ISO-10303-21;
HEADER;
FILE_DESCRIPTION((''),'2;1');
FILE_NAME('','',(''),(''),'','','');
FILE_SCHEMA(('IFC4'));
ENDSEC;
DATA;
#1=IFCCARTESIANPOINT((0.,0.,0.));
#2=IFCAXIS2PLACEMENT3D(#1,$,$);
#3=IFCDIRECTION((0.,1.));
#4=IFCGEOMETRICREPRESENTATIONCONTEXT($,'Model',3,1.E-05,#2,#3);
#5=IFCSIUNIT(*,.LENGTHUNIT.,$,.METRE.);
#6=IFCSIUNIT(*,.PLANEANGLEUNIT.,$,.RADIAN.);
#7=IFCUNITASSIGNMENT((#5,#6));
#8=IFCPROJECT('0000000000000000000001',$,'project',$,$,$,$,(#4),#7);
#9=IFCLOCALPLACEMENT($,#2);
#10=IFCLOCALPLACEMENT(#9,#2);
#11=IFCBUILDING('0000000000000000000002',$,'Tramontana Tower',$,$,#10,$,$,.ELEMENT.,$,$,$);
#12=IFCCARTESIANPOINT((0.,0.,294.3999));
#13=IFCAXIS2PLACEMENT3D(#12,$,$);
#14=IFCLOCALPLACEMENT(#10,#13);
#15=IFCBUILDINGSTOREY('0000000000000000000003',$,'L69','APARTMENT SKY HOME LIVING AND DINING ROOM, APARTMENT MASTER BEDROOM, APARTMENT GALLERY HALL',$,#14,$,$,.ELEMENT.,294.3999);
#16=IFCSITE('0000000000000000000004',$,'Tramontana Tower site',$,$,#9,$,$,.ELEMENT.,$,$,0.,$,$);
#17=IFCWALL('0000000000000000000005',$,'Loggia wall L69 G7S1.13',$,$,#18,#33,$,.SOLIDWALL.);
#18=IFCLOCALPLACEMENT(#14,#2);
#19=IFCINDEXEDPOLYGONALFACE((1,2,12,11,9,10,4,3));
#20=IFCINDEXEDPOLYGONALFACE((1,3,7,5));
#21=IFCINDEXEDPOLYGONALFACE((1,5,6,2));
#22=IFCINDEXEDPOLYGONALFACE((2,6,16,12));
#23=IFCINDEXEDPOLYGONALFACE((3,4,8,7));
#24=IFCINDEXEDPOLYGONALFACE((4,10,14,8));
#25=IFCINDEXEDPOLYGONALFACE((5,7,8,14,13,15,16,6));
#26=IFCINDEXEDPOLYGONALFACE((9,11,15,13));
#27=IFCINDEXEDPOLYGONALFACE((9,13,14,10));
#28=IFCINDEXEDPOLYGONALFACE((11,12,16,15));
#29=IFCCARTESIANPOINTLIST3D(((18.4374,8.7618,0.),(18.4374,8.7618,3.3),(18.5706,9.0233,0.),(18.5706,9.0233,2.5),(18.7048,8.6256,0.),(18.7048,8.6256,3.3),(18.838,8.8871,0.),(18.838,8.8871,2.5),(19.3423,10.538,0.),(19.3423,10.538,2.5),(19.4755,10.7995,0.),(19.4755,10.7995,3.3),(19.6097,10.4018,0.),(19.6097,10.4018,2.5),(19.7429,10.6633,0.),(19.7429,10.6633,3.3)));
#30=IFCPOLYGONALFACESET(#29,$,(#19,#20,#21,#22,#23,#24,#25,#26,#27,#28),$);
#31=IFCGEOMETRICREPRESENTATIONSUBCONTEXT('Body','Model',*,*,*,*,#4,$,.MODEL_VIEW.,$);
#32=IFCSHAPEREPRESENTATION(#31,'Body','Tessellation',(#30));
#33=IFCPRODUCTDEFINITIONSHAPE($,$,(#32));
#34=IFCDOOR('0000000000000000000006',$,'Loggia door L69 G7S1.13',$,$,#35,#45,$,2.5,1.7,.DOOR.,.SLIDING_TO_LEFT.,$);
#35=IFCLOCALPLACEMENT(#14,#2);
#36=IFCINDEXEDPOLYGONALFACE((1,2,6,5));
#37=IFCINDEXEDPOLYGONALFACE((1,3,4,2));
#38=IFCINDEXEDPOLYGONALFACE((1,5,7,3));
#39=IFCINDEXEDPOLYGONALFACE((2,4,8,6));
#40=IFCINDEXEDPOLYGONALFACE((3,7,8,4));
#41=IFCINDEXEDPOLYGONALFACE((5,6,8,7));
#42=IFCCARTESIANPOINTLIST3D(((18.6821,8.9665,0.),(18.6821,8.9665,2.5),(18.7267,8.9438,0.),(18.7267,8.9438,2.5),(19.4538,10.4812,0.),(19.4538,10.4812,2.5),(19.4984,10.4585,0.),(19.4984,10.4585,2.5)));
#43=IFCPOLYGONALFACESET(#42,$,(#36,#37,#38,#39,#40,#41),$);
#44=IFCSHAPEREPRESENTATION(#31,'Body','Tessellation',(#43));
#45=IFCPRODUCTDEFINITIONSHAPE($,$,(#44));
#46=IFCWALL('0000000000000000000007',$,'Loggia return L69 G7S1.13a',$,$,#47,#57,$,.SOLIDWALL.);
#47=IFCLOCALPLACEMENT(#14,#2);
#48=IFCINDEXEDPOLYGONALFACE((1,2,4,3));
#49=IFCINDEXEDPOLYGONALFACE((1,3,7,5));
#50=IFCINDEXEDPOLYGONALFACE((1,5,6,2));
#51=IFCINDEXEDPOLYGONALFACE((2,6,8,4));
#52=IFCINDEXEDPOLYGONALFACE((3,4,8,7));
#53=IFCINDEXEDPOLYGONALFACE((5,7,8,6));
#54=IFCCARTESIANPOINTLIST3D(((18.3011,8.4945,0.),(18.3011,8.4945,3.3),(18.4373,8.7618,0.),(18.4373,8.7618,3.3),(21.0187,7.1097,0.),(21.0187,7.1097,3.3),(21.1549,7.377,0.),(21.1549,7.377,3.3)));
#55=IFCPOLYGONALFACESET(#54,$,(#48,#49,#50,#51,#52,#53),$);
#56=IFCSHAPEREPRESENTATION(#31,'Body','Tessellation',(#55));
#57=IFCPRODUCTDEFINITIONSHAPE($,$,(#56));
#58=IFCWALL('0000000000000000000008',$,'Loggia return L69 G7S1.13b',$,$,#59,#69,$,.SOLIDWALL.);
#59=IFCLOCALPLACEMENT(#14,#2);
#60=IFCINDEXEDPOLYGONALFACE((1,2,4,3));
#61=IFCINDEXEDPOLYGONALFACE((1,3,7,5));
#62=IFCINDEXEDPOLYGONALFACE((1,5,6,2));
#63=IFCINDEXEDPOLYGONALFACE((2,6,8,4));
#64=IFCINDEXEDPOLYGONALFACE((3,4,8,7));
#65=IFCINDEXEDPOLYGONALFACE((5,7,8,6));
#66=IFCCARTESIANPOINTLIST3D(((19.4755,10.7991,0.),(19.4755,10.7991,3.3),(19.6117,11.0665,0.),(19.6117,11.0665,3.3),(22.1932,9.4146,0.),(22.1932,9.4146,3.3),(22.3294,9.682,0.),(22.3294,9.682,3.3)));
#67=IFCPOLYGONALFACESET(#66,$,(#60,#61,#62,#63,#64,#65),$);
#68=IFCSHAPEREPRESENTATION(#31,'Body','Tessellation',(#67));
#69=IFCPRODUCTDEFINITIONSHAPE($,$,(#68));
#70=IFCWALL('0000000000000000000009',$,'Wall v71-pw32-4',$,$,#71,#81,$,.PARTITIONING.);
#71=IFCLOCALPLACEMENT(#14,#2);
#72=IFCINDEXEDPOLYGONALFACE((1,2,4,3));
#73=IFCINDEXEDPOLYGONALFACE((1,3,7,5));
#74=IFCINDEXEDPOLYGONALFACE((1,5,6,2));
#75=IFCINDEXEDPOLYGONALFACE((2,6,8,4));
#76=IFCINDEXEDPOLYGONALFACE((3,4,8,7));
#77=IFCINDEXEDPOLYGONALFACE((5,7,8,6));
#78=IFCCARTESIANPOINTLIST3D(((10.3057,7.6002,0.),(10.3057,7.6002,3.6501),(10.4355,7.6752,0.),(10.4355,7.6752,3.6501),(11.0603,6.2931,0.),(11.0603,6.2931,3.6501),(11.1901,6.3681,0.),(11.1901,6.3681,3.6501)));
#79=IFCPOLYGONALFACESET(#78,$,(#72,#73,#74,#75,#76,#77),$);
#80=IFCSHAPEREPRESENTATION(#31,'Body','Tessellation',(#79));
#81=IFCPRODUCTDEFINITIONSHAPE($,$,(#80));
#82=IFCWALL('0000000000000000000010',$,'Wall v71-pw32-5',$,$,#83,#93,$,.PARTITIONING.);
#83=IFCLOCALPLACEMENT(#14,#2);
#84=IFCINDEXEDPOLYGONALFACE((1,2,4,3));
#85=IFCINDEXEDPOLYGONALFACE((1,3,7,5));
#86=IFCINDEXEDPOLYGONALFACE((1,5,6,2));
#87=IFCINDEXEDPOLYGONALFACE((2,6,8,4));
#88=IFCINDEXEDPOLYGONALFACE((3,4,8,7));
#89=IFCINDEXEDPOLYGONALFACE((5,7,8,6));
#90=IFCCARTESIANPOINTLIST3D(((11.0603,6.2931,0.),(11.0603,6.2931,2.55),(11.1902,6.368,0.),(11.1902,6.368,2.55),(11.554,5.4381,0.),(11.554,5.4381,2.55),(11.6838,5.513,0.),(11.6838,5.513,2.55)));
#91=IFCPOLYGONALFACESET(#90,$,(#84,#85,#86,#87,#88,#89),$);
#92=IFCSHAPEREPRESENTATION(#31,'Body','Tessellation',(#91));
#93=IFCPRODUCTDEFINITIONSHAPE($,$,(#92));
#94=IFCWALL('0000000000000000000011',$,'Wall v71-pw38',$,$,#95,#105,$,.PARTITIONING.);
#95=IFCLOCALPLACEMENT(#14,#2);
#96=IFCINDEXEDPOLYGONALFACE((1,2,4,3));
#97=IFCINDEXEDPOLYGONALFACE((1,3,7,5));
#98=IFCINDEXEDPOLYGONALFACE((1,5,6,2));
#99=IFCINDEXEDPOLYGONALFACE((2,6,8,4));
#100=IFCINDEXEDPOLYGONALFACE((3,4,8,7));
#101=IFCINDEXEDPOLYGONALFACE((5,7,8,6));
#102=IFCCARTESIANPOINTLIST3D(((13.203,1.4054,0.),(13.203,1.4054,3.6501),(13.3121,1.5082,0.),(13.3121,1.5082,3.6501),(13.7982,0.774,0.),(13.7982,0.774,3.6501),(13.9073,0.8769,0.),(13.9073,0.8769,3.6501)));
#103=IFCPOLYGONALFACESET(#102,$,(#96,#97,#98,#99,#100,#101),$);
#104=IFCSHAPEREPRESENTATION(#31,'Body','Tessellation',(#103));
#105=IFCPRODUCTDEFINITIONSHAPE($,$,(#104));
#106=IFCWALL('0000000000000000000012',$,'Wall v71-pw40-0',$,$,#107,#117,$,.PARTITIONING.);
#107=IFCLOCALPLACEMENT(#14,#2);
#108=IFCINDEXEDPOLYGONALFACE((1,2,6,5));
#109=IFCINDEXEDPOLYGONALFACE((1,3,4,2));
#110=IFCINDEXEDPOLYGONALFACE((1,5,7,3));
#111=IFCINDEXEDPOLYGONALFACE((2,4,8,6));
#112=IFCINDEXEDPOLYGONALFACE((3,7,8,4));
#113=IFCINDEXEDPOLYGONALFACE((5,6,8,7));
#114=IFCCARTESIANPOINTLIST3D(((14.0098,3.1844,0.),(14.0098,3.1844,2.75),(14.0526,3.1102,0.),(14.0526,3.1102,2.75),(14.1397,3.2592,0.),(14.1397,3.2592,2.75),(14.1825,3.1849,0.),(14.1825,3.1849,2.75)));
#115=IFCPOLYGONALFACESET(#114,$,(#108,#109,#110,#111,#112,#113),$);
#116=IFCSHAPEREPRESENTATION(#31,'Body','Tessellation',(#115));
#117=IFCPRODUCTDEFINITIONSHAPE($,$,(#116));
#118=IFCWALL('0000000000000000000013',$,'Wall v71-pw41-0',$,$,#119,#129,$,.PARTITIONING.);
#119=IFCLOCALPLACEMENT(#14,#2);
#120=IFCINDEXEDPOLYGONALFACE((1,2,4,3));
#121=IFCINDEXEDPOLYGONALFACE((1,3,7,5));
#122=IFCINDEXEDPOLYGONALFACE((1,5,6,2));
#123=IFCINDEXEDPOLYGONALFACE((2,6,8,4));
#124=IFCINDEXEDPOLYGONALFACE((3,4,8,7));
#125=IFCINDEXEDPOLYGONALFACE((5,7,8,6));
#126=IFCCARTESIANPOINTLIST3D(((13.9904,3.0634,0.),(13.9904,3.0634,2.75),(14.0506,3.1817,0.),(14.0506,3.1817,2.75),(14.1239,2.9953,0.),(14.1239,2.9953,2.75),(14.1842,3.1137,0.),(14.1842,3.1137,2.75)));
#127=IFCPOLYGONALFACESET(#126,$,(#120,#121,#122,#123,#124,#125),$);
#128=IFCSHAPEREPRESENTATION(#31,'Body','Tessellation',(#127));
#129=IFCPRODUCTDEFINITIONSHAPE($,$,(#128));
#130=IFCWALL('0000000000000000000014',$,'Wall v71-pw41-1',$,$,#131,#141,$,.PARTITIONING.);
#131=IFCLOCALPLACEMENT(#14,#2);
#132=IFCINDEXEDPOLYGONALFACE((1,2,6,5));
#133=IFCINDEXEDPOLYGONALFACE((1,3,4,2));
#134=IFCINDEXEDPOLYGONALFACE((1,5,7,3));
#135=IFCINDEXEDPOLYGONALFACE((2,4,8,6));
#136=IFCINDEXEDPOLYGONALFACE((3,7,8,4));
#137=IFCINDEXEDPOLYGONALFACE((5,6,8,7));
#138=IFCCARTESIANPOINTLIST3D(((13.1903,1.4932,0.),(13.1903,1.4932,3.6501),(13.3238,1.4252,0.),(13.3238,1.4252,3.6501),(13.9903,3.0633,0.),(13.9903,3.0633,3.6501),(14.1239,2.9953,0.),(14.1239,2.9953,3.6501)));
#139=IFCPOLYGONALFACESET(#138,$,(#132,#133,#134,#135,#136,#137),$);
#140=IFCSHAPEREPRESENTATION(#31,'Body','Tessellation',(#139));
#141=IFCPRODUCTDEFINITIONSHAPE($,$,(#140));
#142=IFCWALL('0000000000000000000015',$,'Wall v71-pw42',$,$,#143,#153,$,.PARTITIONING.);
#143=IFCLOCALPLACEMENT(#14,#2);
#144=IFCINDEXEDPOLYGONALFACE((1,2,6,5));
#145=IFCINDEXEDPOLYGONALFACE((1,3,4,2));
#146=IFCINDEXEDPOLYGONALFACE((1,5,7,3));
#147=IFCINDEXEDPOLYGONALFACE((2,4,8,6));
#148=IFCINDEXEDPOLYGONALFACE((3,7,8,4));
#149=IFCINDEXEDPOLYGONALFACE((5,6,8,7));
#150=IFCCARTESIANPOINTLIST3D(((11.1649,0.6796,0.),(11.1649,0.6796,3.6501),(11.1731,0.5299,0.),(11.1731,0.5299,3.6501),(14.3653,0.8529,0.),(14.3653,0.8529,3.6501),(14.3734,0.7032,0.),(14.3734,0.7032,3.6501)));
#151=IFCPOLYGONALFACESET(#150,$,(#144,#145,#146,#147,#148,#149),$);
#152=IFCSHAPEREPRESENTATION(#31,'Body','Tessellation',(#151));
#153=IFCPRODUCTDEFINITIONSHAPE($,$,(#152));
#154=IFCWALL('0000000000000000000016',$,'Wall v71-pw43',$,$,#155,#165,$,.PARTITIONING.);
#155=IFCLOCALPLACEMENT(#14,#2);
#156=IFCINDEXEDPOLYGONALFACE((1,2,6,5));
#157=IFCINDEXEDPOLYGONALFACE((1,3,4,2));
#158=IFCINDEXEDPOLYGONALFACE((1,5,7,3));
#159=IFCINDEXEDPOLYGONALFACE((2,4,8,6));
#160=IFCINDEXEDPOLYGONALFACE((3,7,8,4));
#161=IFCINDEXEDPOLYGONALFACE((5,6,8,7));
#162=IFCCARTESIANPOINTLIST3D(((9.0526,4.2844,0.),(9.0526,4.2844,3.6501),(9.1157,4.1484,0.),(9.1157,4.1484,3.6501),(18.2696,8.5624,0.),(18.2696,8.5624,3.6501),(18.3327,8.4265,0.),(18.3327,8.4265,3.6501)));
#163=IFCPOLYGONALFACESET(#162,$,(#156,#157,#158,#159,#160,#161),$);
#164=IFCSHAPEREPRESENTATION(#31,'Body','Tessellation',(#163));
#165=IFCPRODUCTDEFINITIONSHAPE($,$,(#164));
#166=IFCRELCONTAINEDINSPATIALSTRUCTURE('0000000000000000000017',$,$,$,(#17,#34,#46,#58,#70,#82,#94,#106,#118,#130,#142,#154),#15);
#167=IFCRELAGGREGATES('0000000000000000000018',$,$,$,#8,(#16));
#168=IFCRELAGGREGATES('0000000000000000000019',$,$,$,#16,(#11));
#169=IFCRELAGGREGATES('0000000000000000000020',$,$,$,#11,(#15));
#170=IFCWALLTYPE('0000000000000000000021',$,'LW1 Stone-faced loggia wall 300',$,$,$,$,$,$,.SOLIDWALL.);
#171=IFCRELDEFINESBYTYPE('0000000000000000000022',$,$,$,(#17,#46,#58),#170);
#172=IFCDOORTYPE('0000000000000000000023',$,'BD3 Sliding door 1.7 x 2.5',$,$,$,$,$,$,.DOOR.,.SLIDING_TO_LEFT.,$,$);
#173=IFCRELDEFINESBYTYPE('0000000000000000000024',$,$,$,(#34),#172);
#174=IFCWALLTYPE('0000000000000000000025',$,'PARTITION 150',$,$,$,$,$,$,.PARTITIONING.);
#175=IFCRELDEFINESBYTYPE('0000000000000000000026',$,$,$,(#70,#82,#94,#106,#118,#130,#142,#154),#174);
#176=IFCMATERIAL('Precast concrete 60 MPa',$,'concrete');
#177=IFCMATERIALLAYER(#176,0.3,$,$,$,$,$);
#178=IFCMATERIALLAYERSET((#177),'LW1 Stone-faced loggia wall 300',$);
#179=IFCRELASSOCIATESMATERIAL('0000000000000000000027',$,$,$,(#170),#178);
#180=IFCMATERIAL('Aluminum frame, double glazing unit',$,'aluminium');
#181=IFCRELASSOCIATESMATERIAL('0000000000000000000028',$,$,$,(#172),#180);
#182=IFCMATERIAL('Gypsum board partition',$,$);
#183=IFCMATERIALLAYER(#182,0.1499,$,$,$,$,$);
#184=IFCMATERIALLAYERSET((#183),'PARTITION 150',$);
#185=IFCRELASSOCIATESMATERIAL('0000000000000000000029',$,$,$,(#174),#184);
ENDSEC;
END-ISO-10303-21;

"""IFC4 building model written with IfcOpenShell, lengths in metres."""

from ifc_helpers import new_model, si_unit, direction, frame, frame_2d, origin, place, context, subcontext, project, spatial, rectangle, extrude, material, layer, layer_set, type_object, element, fill, save


model = new_model("IFC4")

# Units and contexts
model_context = context("Model", 3, precision=1e-05, world=origin(), true_north=direction((0.0, 1.0)))
body_context = subcontext(model_context, "Body", "Model", "MODEL_VIEW")
ifc_project = project(units=[si_unit("LENGTHUNIT", "METRE"), si_unit("PLANEANGLEUNIT", "RADIAN")], contexts=[model_context])

# Site, building, storey
site_placement = place(None, origin())
site = spatial("IfcSite", under=ifc_project, at=site_placement, Name="Tramontana Tower site", CompositionType="ELEMENT", RefElevation=0.0)
building_placement = place(site_placement, origin())
building = spatial("IfcBuilding", under=site, at=building_placement, Name="Tramontana Tower", CompositionType="ELEMENT")
storey_placement = place(building_placement, frame((0.0, 0.0, 294.3999)))
storey = spatial("IfcBuildingStorey", under=building, at=storey_placement, Name="L69", Description="APARTMENT SKY HOME LIVING AND DINING ROOM, APARTMENT MASTER BEDROOM, APARTMENT GALLERY HALL", CompositionType="ELEMENT", Elevation=294.3999)

# Shared definitions
ifc_material_1 = material(Name="Precast concrete 60 MPa", Category="concrete")
ifc_layer_1 = layer(ifc_material_1, 0.3)
ifc_layer_set_1 = layer_set([ifc_layer_1], Name="LW1 Stone-faced loggia wall 300")
wall_type_1 = type_object("IfcWallType", Name="LW1 Stone-faced loggia wall 300", PredefinedType="SOLIDWALL", material=ifc_layer_set_1)
ifc_material_2 = material(Name="Aluminum frame, double glazing unit", Category="aluminium")
door_type_1 = type_object("IfcDoorType", Name="BD3 Sliding door 1.7 x 2.5", OperationType="SLIDING_TO_LEFT", PredefinedType="DOOR", material=ifc_material_2)

# Wall, opening, door
wall_1_placement = place(storey_placement, frame((18.571, 8.6936, 0.0), z_axis=(0.0, 0.0, 1.0), x_axis=(0.453948, 0.891028, 0.0)))
wall_1 = element("IfcWall", 1, at=wall_1_placement, inside=storey, type_object=wall_type_1, Name="Loggia wall L69 G7S1.13", PredefinedType="SOLIDWALL", context=body_context, shape_type="SweptSolid", body=[
    extrude(rectangle(XDim=2.2869, YDim=0.3, at=frame_2d((1.1436, 0.0))), origin(), (0.0, 0.0, 1.0), 3.3),
])
opening_1_placement = place(wall_1_placement, frame((0.2935, 0.0, 0.0)))
opening_1 = element("IfcOpeningElement", 2, at=opening_1_placement, cuts=wall_1, PredefinedType="OPENING", context=body_context, shape_type="SweptSolid", body=[
    extrude(rectangle(XDim=1.7, YDim=2.5, at=frame_2d((0.8501, 1.25))), frame((0.0, 0.1599, 0.0), z_axis=(0.0, -1.0, 0.0), x_axis=(1.0, 0.0, 0.0)), (0.0, 0.0, 1.0), 0.3201),
])
door_1_placement = place(opening_1_placement, origin())
door_1 = element("IfcDoor", 3, at=door_1_placement, inside=storey, type_object=door_type_1, Name="Loggia door L69 G7S1.13", OperationType="SLIDING_TO_LEFT", OverallHeight=2.5, OverallWidth=1.7, PredefinedType="DOOR", context=body_context, shape_type="SweptSolid", body=[
    extrude(rectangle(XDim=1.7, YDim=2.5, at=frame_2d((0.8501, 1.25))), frame((0.0, 0.0249, 0.0), z_axis=(0.0, -1.0, 0.0), x_axis=(1.0, 0.0, 0.0)), (0.0, 0.0, 1.0), 0.05),
])
fill(opening_1, door_1)

# Walls
for number, where, z_axis, x_axis, name in (
    (4, (21.0867, 7.2434, 0.0), (0.0, 0.0, 1.0), (-0.890991, 0.454021, 0.0), "Loggia return L69 G7S1.13a"),
    (5, (22.2612, 9.5483, 0.0), (0.0, 0.0, 1.0), (-0.89104, 0.453925, 0.0), "Loggia return L69 G7S1.13b"),
):
    element("IfcWall", number, at=place(storey_placement, frame(where, z_axis=z_axis, x_axis=x_axis)), inside=storey, type_object=wall_type_1, Name=name, PredefinedType="SOLIDWALL", context=body_context, shape_type="SweptSolid", body=[
        extrude(rectangle(XDim=3.05, YDim=0.3, at=frame_2d((1.5249, 0.0))), origin(), (0.0, 0.0, 1.0), 3.3),
    ])
ifc_material_3 = material(Name="Gypsum board partition")
ifc_layer_2 = layer(ifc_material_3, 0.1499)
ifc_layer_set_2 = layer_set([ifc_layer_2], Name="PARTITION 150")
wall_type_2 = type_object("IfcWallType", Name="PARTITION 150", PredefinedType="PARTITIONING", material=ifc_layer_set_2)
wall_2_placement = place(storey_placement, frame((10.3706, 7.6377, 0.0), z_axis=(0.0, 0.0, 1.0), x_axis=(0.499984, -0.866035, 0.0)))
element("IfcWall", 6, at=wall_2_placement, inside=storey, type_object=wall_type_2, Name="Wall v71-pw32-4", PredefinedType="PARTITIONING", context=body_context, shape_type="SweptSolid", body=[
    extrude(rectangle(XDim=1.5093, YDim=0.1499, at=frame_2d((0.7546, 0.0))), origin(), (0.0, 0.0, 1.0), 3.6501),
])
wall_3_placement = place(storey_placement, frame((11.1252, 6.3306, 0.0), z_axis=(0.0, 0.0, 1.0), x_axis=(0.500022, -0.866013, 0.0)))
element("IfcWall", 7, at=wall_3_placement, inside=storey, type_object=wall_type_2, Name="Wall v71-pw32-5", PredefinedType="PARTITIONING", context=body_context, shape_type="SweptSolid", body=[
    extrude(rectangle(XDim=0.9873, YDim=0.1499, at=frame_2d((0.4937, 0.0))), origin(), (0.0, 0.0, 1.0), 2.55),
])

# Walls
wall_4_placement = place(storey_placement, frame((13.2576, 1.4568, 0.0), z_axis=(0.0, 0.0, 1.0), x_axis=(0.685979, -0.727622, 0.0)))
element("IfcWall", 8, at=wall_4_placement, inside=storey, type_object=wall_type_2, Name="Wall v71-pw38", PredefinedType="PARTITIONING", context=body_context, shape_type="SweptSolid", body=[
    extrude(rectangle(XDim=0.8677, YDim=0.1499, at=frame_2d((0.4338, 0.0))), origin(), (0.0, 0.0, 1.0), 3.6501),
])
wall_5_placement = place(storey_placement, frame((14.0747, 3.2219, 0.0), z_axis=(0.0, 0.0, 1.0), x_axis=(0.4989, -0.86666, 0.0)))
element("IfcWall", 9, at=wall_5_placement, inside=storey, type_object=wall_type_2, Name="Wall v71-pw40-0", PredefinedType="PARTITIONING", context=body_context, shape_type="SweptSolid", body=[
    extrude(rectangle(XDim=0.0857, YDim=0.1499, at=frame_2d((0.043, 0.0))), origin(), (0.0, 0.0, 1.0), 2.75),
])
wall_6_placement = place(storey_placement, frame((14.1174, 3.1477, 0.0), z_axis=(0.0, 0.0, 1.0), x_axis=(-0.453816, -0.891096, 0.0)))
element("IfcWall", 10, at=wall_6_placement, inside=storey, type_object=wall_type_2, Name="Wall v71-pw41-0", PredefinedType="PARTITIONING", context=body_context, shape_type="SweptSolid", body=[
    extrude(rectangle(XDim=0.1328, YDim=0.1499, at=frame_2d((0.0664, 0.0))), origin(), (0.0, 0.0, 1.0), 2.75),
])
wall_7_placement = place(storey_placement, frame((14.0571, 3.0293, 0.0), z_axis=(0.0, 0.0, 1.0), x_axis=(-0.454017, -0.890993, 0.0)))
element("IfcWall", 11, at=wall_7_placement, inside=storey, type_object=wall_type_2, Name="Wall v71-pw41-1", PredefinedType="PARTITIONING", context=body_context, shape_type="SweptSolid", body=[
    extrude(rectangle(XDim=1.7622, YDim=0.1499, at=frame_2d((0.8811, 0.0))), origin(), (0.0, 0.0, 1.0), 3.6501),
])
wall_8_placement = place(storey_placement, frame((14.3694, 0.7781, 0.0), z_axis=(0.0, 0.0, 1.0), x_axis=(-0.998536, -0.054082, 0.0)))
element("IfcWall", 12, at=wall_8_placement, inside=storey, type_object=wall_type_2, Name="Wall v71-pw42", PredefinedType="PARTITIONING", context=body_context, shape_type="SweptSolid", body=[
    extrude(rectangle(XDim=3.2051, YDim=0.1499, at=frame_2d((1.6025, 0.0))), origin(), (0.0, 0.0, 1.0), 3.6501),
])
wall_9_placement = place(storey_placement, frame((18.301, 8.4944, 0.0), z_axis=(0.0, 0.0, 1.0), x_axis=(-0.907056, -0.421009, 0.0)))
element("IfcWall", 13, at=wall_9_placement, inside=storey, type_object=wall_type_2, Name="Wall v71-pw43", PredefinedType="PARTITIONING", context=body_context, shape_type="SweptSolid", body=[
    extrude(rectangle(XDim=10.1614, YDim=0.1499, at=frame_2d((5.0806, 0.0))), origin(), (0.0, 0.0, 1.0), 3.6501),
])

save(model, "model.ifc")
